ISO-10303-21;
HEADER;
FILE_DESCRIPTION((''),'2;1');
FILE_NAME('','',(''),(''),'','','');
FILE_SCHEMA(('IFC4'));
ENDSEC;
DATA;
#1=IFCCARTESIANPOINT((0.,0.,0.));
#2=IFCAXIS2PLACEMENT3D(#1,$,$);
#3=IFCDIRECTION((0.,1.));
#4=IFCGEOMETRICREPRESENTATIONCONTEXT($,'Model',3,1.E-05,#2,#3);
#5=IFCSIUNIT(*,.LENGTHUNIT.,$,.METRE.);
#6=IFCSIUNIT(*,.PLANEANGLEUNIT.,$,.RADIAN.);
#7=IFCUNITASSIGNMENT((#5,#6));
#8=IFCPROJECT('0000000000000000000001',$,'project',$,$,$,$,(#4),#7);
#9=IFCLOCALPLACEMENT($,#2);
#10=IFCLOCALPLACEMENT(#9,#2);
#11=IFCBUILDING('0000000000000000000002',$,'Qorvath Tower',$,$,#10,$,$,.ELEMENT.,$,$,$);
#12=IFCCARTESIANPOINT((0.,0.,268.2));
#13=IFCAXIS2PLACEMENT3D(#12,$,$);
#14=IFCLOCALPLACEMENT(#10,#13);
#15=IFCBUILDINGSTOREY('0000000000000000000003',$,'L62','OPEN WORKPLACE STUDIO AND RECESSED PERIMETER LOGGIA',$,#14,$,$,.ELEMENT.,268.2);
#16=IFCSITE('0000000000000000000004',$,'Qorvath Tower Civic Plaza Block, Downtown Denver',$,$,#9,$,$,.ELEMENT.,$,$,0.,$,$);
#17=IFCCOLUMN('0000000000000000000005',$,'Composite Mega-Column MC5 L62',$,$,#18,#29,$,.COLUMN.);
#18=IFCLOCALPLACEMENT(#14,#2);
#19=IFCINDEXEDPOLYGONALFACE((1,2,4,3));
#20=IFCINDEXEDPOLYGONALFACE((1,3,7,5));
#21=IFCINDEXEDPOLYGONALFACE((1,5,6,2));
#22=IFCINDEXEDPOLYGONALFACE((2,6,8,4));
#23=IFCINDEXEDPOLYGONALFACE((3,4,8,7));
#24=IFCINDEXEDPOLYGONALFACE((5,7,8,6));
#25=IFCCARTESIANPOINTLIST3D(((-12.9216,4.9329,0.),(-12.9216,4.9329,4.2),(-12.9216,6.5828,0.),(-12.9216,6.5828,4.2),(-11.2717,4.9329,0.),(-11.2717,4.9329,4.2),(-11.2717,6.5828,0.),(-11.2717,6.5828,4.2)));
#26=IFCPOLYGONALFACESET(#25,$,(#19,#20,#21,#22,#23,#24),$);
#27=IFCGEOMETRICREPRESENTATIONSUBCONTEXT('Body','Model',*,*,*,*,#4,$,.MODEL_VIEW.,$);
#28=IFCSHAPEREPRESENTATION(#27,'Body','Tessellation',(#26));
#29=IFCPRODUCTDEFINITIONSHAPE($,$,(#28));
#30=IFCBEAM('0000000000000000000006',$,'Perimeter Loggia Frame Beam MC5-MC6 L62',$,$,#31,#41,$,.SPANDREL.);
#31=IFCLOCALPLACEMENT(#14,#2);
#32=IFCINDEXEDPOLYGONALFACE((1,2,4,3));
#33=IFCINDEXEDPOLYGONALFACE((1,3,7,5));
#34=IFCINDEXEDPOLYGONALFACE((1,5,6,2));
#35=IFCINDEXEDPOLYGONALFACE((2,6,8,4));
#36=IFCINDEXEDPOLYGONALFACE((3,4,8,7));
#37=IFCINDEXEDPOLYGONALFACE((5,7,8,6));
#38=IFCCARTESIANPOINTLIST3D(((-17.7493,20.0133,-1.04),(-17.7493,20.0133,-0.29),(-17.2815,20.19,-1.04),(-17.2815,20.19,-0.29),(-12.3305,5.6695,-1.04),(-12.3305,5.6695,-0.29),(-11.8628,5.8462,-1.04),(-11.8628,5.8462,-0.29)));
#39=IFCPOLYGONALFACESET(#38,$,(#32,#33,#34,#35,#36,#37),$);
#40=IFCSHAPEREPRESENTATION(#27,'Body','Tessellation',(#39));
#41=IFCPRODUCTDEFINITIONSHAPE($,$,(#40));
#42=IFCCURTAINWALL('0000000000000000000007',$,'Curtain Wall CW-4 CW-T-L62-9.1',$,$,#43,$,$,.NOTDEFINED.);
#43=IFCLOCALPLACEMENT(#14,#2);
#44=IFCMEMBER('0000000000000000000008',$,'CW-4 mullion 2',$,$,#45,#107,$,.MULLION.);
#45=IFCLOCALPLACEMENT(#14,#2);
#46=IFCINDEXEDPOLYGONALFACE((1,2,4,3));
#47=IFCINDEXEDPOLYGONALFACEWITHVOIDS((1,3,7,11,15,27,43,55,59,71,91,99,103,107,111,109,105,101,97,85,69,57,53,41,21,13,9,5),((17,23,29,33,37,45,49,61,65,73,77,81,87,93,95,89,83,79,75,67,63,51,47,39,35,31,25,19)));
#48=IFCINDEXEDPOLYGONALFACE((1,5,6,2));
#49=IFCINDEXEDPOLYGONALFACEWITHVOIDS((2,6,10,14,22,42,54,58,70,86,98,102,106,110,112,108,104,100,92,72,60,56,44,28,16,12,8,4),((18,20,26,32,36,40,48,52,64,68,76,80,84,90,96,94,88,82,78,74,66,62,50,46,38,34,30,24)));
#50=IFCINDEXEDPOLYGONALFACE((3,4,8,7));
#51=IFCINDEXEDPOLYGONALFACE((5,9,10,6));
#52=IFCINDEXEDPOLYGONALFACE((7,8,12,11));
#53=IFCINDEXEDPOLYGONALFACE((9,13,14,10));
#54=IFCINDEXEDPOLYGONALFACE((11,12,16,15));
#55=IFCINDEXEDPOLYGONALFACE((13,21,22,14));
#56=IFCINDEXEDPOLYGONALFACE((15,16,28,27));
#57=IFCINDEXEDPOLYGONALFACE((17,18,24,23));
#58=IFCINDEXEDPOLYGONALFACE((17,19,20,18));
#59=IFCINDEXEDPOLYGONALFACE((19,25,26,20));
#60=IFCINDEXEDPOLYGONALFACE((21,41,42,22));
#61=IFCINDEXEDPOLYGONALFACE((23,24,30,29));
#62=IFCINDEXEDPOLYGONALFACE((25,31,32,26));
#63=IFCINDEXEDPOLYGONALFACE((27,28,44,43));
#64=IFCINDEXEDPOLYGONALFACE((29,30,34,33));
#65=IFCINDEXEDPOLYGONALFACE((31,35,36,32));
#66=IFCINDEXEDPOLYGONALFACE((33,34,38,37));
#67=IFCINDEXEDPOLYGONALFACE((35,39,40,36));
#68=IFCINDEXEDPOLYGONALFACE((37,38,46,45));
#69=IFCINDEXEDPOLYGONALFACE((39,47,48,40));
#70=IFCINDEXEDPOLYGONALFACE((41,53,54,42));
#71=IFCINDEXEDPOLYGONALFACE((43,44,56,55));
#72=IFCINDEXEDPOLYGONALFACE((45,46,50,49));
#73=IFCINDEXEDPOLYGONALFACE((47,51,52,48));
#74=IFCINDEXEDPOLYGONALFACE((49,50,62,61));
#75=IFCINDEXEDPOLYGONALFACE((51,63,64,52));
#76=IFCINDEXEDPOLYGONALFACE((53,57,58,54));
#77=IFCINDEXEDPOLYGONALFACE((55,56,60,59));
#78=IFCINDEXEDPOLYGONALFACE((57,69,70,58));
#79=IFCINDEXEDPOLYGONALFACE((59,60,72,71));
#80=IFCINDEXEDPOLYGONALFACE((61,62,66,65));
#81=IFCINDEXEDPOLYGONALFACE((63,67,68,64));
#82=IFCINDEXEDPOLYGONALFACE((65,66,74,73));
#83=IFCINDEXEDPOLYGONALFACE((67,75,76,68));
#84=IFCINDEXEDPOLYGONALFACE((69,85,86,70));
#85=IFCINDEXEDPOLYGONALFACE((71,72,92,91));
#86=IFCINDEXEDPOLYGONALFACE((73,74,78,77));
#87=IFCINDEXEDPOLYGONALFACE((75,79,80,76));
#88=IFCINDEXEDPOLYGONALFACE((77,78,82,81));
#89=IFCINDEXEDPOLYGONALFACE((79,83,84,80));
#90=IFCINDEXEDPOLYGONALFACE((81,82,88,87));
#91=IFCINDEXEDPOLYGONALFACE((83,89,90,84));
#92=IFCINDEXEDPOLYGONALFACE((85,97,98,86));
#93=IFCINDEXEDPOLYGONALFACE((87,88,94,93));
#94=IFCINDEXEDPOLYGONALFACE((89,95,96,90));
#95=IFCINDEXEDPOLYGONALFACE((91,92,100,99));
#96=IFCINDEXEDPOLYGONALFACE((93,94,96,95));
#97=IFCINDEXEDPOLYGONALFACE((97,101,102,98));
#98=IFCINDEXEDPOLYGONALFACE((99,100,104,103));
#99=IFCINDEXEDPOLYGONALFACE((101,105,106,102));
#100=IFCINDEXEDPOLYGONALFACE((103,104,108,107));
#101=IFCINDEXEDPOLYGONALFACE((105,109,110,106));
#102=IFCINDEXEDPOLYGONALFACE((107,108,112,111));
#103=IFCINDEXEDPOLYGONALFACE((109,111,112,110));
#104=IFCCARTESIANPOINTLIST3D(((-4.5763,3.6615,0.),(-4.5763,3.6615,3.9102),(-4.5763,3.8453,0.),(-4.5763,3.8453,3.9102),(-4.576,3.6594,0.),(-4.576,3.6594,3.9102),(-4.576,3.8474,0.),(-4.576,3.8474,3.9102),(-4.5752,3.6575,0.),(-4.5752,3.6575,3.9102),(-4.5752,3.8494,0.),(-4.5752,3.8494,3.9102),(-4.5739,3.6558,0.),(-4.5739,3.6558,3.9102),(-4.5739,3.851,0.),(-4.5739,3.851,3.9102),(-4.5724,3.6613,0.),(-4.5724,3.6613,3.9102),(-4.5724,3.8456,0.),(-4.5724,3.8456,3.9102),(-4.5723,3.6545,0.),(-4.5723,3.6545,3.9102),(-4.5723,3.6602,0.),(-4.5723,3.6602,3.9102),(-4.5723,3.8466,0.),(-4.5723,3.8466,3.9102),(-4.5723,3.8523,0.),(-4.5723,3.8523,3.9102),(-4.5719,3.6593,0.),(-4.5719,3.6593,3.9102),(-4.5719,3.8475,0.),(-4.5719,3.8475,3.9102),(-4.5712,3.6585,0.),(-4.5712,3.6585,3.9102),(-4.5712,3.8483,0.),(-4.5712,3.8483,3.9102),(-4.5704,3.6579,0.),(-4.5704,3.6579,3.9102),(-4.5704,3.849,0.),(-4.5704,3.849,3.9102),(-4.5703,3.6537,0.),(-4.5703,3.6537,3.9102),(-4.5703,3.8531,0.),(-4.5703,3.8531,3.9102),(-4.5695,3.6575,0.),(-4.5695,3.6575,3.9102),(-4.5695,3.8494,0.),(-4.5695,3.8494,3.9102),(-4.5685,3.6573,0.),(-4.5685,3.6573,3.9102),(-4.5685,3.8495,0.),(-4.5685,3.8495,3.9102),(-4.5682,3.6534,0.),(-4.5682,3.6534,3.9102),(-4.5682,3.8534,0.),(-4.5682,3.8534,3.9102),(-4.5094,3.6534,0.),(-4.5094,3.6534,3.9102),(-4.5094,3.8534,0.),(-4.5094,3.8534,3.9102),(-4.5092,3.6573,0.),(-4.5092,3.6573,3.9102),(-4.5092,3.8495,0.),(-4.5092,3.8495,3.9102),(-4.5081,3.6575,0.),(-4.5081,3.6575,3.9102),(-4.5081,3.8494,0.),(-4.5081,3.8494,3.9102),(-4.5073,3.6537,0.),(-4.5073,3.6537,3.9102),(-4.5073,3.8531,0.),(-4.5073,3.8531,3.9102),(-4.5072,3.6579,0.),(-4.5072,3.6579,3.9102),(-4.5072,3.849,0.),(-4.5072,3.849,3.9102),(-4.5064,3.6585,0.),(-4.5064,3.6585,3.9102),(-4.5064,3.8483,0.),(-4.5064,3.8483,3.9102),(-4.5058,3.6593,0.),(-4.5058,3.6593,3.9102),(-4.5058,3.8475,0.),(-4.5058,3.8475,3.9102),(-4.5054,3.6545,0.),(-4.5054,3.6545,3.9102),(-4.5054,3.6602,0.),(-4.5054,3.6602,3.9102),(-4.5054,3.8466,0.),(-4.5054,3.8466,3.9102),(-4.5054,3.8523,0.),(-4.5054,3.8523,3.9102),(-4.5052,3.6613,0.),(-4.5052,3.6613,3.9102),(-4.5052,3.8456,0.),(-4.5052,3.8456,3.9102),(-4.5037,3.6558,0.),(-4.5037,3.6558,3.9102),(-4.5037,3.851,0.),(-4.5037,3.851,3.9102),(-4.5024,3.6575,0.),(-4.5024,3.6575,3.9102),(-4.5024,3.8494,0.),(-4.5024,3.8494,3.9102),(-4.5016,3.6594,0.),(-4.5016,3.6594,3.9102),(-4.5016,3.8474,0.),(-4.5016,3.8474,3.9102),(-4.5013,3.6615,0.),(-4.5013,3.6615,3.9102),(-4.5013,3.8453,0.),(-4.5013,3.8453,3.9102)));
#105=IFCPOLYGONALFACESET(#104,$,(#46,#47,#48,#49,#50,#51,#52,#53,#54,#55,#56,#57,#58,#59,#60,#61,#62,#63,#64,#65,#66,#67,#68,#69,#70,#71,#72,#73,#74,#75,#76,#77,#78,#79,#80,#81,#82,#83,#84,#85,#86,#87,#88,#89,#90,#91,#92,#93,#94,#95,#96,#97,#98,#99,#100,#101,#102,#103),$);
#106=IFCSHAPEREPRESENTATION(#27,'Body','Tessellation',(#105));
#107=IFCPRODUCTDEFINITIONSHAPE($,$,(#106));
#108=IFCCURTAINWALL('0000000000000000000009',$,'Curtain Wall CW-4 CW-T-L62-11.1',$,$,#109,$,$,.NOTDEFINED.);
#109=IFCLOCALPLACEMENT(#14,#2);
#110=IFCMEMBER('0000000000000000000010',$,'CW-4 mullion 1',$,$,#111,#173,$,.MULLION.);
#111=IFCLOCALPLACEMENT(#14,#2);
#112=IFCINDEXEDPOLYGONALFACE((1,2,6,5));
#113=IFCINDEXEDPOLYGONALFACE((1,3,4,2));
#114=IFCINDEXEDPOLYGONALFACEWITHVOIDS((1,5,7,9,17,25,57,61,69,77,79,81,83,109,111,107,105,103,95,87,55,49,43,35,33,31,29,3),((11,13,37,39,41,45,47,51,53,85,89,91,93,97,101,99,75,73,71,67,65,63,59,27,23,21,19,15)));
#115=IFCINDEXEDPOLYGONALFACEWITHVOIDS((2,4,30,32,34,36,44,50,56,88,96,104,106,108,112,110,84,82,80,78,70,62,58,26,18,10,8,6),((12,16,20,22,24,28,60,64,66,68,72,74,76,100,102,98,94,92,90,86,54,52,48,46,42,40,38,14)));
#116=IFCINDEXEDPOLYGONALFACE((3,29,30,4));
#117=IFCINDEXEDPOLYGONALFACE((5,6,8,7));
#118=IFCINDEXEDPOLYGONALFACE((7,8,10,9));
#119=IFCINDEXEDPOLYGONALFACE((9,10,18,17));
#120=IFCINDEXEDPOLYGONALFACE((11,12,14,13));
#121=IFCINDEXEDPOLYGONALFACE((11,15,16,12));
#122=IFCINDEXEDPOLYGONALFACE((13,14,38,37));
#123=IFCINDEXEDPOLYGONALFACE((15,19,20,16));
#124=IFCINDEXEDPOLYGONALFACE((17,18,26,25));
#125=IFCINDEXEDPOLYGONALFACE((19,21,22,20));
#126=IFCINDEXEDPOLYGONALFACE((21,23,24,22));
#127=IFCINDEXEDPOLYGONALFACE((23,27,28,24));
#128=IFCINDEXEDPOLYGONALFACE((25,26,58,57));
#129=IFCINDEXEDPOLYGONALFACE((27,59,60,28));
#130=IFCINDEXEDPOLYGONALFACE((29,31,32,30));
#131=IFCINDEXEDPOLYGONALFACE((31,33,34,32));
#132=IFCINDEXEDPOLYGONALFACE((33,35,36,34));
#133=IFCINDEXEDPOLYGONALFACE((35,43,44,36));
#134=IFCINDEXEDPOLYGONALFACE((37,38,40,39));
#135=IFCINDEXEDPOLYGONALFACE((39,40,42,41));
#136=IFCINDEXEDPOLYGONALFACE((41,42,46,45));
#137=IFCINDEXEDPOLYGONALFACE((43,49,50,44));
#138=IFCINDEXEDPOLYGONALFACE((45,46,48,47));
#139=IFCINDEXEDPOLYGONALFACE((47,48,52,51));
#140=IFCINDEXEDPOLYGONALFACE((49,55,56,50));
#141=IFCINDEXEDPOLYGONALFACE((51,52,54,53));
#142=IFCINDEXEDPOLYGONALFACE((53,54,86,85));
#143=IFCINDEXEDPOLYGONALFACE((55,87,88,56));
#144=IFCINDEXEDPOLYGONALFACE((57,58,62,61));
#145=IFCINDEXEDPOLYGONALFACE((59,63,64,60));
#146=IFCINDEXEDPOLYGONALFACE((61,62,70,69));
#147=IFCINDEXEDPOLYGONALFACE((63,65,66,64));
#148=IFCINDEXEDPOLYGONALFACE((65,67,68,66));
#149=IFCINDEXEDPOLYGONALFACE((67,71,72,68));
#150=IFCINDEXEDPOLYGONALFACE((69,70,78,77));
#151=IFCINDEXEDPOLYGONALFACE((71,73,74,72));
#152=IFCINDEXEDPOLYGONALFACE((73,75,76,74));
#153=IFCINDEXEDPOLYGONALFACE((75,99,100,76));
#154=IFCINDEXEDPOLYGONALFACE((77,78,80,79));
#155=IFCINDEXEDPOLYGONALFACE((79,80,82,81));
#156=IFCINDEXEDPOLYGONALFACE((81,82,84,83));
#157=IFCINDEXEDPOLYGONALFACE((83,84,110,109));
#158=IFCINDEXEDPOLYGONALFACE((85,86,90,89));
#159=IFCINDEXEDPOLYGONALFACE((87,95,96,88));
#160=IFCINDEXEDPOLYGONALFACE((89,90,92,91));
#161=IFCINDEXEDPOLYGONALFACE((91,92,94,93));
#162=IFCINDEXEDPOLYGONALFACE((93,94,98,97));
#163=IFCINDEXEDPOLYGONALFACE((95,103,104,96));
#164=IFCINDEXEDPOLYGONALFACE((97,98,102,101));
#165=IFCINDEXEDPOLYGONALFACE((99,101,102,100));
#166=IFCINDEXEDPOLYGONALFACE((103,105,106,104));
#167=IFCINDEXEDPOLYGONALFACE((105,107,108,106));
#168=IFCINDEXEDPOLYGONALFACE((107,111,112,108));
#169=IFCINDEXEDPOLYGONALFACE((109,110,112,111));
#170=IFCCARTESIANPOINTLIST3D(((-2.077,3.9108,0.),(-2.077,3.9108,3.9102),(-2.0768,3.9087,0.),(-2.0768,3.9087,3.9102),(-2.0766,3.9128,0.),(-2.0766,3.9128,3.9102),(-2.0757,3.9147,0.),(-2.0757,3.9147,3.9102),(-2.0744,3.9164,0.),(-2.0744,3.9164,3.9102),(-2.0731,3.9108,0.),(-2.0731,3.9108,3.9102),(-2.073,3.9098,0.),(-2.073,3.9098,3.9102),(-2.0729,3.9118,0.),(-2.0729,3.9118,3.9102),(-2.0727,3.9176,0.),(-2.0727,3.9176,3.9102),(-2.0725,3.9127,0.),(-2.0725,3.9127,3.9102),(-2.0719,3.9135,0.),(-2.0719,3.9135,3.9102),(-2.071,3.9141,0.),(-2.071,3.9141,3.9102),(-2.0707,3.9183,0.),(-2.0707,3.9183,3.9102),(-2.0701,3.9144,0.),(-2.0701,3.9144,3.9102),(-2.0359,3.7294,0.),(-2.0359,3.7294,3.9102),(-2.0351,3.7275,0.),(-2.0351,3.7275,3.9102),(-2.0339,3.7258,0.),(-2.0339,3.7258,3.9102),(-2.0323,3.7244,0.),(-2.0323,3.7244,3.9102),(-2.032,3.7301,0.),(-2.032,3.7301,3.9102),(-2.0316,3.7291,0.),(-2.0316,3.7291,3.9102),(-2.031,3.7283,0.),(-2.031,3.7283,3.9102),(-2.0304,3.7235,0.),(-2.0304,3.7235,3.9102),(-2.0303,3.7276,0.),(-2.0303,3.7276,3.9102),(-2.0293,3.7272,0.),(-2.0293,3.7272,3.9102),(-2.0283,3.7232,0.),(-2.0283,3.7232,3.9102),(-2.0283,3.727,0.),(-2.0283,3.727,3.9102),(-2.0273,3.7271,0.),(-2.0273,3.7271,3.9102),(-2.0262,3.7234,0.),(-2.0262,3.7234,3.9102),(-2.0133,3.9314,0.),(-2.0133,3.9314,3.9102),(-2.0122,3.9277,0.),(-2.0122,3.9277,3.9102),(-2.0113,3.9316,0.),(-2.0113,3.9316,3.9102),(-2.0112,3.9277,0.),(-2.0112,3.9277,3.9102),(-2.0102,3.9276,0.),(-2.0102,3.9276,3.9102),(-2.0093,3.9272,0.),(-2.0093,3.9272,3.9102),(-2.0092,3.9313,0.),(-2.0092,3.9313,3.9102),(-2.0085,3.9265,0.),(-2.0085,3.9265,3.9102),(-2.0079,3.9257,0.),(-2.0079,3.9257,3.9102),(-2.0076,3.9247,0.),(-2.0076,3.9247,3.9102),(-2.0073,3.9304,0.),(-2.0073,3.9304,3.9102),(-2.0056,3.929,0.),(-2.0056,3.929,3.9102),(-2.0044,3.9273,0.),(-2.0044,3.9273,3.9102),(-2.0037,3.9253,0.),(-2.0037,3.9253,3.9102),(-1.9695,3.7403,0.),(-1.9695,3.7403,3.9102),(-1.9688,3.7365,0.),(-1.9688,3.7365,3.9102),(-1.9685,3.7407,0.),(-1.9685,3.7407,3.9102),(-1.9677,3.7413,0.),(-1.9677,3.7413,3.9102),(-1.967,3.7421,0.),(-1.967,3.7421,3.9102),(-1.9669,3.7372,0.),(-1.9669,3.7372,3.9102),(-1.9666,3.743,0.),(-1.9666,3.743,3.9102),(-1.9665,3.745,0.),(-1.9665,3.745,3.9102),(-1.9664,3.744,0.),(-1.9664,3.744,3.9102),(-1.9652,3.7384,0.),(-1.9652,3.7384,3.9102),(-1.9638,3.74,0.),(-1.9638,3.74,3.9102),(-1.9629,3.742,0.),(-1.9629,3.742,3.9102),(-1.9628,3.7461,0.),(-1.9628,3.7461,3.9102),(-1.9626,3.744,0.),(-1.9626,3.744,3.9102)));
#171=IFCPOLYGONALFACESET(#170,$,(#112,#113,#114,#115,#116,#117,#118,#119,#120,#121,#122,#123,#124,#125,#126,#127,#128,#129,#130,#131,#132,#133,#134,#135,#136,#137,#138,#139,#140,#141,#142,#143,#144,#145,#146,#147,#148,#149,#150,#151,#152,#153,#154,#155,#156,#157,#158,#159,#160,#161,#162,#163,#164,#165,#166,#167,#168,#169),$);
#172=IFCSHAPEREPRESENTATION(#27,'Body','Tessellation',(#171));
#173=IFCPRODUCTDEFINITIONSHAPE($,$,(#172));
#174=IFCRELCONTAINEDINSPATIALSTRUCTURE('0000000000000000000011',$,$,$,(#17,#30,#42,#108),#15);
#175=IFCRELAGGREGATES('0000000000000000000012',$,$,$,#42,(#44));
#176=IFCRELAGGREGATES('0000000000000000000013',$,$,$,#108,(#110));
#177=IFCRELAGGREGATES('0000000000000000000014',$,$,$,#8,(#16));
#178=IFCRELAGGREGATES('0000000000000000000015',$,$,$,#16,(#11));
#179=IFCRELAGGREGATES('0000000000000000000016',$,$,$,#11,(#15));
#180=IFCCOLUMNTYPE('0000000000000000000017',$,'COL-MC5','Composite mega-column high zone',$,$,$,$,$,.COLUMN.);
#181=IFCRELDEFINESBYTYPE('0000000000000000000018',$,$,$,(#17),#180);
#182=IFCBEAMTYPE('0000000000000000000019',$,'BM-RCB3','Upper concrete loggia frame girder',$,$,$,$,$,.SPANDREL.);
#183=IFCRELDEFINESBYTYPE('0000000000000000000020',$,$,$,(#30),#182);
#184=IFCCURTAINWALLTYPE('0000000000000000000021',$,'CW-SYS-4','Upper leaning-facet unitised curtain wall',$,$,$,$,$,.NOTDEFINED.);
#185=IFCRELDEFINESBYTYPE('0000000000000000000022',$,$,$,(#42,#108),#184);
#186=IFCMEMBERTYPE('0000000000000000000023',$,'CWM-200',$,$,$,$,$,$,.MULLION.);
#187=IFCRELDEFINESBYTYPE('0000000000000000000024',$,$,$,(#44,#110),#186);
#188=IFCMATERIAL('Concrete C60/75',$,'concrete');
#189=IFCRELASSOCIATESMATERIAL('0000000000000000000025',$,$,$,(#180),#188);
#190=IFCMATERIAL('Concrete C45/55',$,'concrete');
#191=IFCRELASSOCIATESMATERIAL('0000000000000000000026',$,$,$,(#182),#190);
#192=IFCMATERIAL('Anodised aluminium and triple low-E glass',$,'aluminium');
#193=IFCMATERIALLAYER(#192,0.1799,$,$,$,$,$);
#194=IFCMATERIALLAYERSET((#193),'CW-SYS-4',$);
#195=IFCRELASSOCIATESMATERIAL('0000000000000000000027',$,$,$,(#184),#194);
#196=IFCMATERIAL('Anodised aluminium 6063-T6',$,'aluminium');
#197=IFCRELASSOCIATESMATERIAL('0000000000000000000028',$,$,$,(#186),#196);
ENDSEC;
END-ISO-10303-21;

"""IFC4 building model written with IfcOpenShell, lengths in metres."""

from ifc_helpers import new_model, si_unit, direction, frame, origin, origin_2d, place, context, subcontext, project, spatial, rectangle, hollow_rectangle, extrude, material, layer, layer_set, material_profile, profile_set, type_object, element, aggregate, save


model = new_model("IFC4")

# Units and contexts
model_context = context("Model", 3, precision=1e-05, world=origin(), true_north=direction((0.0, 1.0)))
body_context = subcontext(model_context, "Body", "Model", "MODEL_VIEW")
ifc_project = project(units=[si_unit("LENGTHUNIT", "METRE"), si_unit("PLANEANGLEUNIT", "RADIAN")], contexts=[model_context])

# Site, building, storey
site_placement = place(None, origin())
site = spatial("IfcSite", under=ifc_project, at=site_placement, Name="Qorvath Tower Civic Plaza Block, Downtown Denver", CompositionType="ELEMENT", RefElevation=0.0)
building_placement = place(site_placement, origin())
building = spatial("IfcBuilding", under=site, at=building_placement, Name="Qorvath Tower", CompositionType="ELEMENT")
storey_placement = place(building_placement, frame((0.0, 0.0, 268.2)))
storey = spatial("IfcBuildingStorey", under=building, at=storey_placement, Name="L62", Description="OPEN WORKPLACE STUDIO AND RECESSED PERIMETER LOGGIA", CompositionType="ELEMENT", Elevation=268.2)

# Column
ifc_material_1 = material(Name="Concrete C60/75", Category="concrete")
ifc_material_profile_1 = material_profile(ifc_material_1, rectangle(XDim=1.6499, YDim=1.6499, at=origin_2d()), Name="MC 1650x1650")
ifc_profile_set_1 = profile_set([ifc_material_profile_1], Name="Concrete C60/75")
column_type = type_object("IfcColumnType", Name="COL-MC5", Description="Composite mega-column high zone", PredefinedType="COLUMN", material=ifc_profile_set_1)
column_placement = place(storey_placement, frame((-12.0967, 5.7578, 0.0), z_axis=(0.0, 0.0, 1.0), x_axis=(1.0, 0.0, 0.0)))
element("IfcColumn", 1, at=column_placement, inside=storey, type_object=column_type, Name="Composite Mega-Column MC5 L62", PredefinedType="COLUMN", context=body_context, shape_type="SweptSolid", body=[
    extrude(rectangle(XDim=1.6499, YDim=1.6499, at=origin_2d()), origin(), (0.0, 0.0, 1.0), 4.2),
])

# Beam
ifc_material_2 = material(Name="Concrete C45/55", Category="concrete")
ifc_material_profile_2 = material_profile(ifc_material_2, rectangle(XDim=0.5, YDim=0.75, at=origin_2d()), Name="RCB 750x500")
ifc_profile_set_2 = profile_set([ifc_material_profile_2], Name="Concrete C45/55")
beam_type = type_object("IfcBeamType", Name="BM-RCB3", Description="Upper concrete loggia frame girder", PredefinedType="SPANDREL", material=ifc_profile_set_2)
beam_placement = place(storey_placement, frame((-12.0967, 5.7578, -0.665), z_axis=(-0.353398, 0.935473, 0.0), x_axis=(-0.935473, -0.353398, 0.0)))
element("IfcBeam", 2, at=beam_placement, inside=storey, type_object=beam_type, Name="Perimeter Loggia Frame Beam MC5-MC6 L62", PredefinedType="SPANDREL", context=body_context, shape_type="SweptSolid", body=[
    extrude(rectangle(XDim=0.5, YDim=0.75, at=origin_2d()), origin(), (0.0, 0.0, 1.0), 15.3333),
])

# Curtain wall, member
ifc_material_3 = material(Name="Anodised aluminium and triple low-E glass", Category="aluminium")
ifc_layer_1 = layer(ifc_material_3, 0.1799)
ifc_layer_set_1 = layer_set([ifc_layer_1], Name="CW-SYS-4")
curtain_wall_type = type_object("IfcCurtainWallType", Name="CW-SYS-4", Description="Upper leaning-facet unitised curtain wall", PredefinedType="NOTDEFINED", material=ifc_layer_set_1)
curtain_wall_1_placement = place(storey_placement, origin())
curtain_wall_1 = element("IfcCurtainWall", 3, at=curtain_wall_1_placement, inside=storey, type_object=curtain_wall_type, Name="Curtain Wall CW-4 CW-T-L62-9.1", PredefinedType="NOTDEFINED")
ifc_material_4 = material(Name="Anodised aluminium 6063-T6", Category="aluminium")
ifc_material_profile_3 = material_profile(ifc_material_4, hollow_rectangle(XDim=0.075, YDim=0.2, WallThickness=0.0039, InnerFilletRadius=0.0039, OuterFilletRadius=0.0081, at=origin_2d()), Name="CWM 200x75")
ifc_profile_set_3 = profile_set([ifc_material_profile_3], Name="Anodised aluminium 6063-T6")
member_type_1 = type_object("IfcMemberType", Name="CWM-200", PredefinedType="MULLION", material=ifc_profile_set_3)
member_1_placement = place(storey_placement, frame((-4.5388, 3.7534, 0.0), z_axis=(0.0, 0.0, 1.0), x_axis=(-1.0, 0.0, 0.0)))
member_1 = element("IfcMember", 4, at=member_1_placement, type_object=member_type_1, Name="CW-4 mullion 2", PredefinedType="MULLION", context=body_context, shape_type="SweptSolid", body=[
    extrude(hollow_rectangle(XDim=0.075, YDim=0.2, WallThickness=0.0039, InnerFilletRadius=0.0039, OuterFilletRadius=0.0081, at=origin_2d()), origin(), (0.0, 0.0, 1.0), 3.9102),
])
aggregate(curtain_wall_1, [member_1])

# Curtain wall, member
curtain_wall_2_placement = place(storey_placement, origin())
curtain_wall_2 = element("IfcCurtainWall", 5, at=curtain_wall_2_placement, inside=storey, type_object=curtain_wall_type, Name="Curtain Wall CW-4 CW-T-L62-11.1", PredefinedType="NOTDEFINED")
member_2_placement = place(storey_placement, frame((-2.0198, 3.8274, 0.0), z_axis=(0.0, 0.0, 1.0), x_axis=(-0.974912, -0.222592, 0.0)))
member_2 = element("IfcMember", 6, at=member_2_placement, type_object=member_type_1, Name="CW-4 mullion 1", PredefinedType="MULLION", context=body_context, shape_type="SweptSolid", body=[
    extrude(hollow_rectangle(XDim=0.075, YDim=0.2, WallThickness=0.0039, InnerFilletRadius=0.0039, OuterFilletRadius=0.0081, at=origin_2d()), origin(), (0.0, 0.0, 1.0), 3.9102),
])
aggregate(curtain_wall_2, [member_2])

save(model, "model.ifc")
